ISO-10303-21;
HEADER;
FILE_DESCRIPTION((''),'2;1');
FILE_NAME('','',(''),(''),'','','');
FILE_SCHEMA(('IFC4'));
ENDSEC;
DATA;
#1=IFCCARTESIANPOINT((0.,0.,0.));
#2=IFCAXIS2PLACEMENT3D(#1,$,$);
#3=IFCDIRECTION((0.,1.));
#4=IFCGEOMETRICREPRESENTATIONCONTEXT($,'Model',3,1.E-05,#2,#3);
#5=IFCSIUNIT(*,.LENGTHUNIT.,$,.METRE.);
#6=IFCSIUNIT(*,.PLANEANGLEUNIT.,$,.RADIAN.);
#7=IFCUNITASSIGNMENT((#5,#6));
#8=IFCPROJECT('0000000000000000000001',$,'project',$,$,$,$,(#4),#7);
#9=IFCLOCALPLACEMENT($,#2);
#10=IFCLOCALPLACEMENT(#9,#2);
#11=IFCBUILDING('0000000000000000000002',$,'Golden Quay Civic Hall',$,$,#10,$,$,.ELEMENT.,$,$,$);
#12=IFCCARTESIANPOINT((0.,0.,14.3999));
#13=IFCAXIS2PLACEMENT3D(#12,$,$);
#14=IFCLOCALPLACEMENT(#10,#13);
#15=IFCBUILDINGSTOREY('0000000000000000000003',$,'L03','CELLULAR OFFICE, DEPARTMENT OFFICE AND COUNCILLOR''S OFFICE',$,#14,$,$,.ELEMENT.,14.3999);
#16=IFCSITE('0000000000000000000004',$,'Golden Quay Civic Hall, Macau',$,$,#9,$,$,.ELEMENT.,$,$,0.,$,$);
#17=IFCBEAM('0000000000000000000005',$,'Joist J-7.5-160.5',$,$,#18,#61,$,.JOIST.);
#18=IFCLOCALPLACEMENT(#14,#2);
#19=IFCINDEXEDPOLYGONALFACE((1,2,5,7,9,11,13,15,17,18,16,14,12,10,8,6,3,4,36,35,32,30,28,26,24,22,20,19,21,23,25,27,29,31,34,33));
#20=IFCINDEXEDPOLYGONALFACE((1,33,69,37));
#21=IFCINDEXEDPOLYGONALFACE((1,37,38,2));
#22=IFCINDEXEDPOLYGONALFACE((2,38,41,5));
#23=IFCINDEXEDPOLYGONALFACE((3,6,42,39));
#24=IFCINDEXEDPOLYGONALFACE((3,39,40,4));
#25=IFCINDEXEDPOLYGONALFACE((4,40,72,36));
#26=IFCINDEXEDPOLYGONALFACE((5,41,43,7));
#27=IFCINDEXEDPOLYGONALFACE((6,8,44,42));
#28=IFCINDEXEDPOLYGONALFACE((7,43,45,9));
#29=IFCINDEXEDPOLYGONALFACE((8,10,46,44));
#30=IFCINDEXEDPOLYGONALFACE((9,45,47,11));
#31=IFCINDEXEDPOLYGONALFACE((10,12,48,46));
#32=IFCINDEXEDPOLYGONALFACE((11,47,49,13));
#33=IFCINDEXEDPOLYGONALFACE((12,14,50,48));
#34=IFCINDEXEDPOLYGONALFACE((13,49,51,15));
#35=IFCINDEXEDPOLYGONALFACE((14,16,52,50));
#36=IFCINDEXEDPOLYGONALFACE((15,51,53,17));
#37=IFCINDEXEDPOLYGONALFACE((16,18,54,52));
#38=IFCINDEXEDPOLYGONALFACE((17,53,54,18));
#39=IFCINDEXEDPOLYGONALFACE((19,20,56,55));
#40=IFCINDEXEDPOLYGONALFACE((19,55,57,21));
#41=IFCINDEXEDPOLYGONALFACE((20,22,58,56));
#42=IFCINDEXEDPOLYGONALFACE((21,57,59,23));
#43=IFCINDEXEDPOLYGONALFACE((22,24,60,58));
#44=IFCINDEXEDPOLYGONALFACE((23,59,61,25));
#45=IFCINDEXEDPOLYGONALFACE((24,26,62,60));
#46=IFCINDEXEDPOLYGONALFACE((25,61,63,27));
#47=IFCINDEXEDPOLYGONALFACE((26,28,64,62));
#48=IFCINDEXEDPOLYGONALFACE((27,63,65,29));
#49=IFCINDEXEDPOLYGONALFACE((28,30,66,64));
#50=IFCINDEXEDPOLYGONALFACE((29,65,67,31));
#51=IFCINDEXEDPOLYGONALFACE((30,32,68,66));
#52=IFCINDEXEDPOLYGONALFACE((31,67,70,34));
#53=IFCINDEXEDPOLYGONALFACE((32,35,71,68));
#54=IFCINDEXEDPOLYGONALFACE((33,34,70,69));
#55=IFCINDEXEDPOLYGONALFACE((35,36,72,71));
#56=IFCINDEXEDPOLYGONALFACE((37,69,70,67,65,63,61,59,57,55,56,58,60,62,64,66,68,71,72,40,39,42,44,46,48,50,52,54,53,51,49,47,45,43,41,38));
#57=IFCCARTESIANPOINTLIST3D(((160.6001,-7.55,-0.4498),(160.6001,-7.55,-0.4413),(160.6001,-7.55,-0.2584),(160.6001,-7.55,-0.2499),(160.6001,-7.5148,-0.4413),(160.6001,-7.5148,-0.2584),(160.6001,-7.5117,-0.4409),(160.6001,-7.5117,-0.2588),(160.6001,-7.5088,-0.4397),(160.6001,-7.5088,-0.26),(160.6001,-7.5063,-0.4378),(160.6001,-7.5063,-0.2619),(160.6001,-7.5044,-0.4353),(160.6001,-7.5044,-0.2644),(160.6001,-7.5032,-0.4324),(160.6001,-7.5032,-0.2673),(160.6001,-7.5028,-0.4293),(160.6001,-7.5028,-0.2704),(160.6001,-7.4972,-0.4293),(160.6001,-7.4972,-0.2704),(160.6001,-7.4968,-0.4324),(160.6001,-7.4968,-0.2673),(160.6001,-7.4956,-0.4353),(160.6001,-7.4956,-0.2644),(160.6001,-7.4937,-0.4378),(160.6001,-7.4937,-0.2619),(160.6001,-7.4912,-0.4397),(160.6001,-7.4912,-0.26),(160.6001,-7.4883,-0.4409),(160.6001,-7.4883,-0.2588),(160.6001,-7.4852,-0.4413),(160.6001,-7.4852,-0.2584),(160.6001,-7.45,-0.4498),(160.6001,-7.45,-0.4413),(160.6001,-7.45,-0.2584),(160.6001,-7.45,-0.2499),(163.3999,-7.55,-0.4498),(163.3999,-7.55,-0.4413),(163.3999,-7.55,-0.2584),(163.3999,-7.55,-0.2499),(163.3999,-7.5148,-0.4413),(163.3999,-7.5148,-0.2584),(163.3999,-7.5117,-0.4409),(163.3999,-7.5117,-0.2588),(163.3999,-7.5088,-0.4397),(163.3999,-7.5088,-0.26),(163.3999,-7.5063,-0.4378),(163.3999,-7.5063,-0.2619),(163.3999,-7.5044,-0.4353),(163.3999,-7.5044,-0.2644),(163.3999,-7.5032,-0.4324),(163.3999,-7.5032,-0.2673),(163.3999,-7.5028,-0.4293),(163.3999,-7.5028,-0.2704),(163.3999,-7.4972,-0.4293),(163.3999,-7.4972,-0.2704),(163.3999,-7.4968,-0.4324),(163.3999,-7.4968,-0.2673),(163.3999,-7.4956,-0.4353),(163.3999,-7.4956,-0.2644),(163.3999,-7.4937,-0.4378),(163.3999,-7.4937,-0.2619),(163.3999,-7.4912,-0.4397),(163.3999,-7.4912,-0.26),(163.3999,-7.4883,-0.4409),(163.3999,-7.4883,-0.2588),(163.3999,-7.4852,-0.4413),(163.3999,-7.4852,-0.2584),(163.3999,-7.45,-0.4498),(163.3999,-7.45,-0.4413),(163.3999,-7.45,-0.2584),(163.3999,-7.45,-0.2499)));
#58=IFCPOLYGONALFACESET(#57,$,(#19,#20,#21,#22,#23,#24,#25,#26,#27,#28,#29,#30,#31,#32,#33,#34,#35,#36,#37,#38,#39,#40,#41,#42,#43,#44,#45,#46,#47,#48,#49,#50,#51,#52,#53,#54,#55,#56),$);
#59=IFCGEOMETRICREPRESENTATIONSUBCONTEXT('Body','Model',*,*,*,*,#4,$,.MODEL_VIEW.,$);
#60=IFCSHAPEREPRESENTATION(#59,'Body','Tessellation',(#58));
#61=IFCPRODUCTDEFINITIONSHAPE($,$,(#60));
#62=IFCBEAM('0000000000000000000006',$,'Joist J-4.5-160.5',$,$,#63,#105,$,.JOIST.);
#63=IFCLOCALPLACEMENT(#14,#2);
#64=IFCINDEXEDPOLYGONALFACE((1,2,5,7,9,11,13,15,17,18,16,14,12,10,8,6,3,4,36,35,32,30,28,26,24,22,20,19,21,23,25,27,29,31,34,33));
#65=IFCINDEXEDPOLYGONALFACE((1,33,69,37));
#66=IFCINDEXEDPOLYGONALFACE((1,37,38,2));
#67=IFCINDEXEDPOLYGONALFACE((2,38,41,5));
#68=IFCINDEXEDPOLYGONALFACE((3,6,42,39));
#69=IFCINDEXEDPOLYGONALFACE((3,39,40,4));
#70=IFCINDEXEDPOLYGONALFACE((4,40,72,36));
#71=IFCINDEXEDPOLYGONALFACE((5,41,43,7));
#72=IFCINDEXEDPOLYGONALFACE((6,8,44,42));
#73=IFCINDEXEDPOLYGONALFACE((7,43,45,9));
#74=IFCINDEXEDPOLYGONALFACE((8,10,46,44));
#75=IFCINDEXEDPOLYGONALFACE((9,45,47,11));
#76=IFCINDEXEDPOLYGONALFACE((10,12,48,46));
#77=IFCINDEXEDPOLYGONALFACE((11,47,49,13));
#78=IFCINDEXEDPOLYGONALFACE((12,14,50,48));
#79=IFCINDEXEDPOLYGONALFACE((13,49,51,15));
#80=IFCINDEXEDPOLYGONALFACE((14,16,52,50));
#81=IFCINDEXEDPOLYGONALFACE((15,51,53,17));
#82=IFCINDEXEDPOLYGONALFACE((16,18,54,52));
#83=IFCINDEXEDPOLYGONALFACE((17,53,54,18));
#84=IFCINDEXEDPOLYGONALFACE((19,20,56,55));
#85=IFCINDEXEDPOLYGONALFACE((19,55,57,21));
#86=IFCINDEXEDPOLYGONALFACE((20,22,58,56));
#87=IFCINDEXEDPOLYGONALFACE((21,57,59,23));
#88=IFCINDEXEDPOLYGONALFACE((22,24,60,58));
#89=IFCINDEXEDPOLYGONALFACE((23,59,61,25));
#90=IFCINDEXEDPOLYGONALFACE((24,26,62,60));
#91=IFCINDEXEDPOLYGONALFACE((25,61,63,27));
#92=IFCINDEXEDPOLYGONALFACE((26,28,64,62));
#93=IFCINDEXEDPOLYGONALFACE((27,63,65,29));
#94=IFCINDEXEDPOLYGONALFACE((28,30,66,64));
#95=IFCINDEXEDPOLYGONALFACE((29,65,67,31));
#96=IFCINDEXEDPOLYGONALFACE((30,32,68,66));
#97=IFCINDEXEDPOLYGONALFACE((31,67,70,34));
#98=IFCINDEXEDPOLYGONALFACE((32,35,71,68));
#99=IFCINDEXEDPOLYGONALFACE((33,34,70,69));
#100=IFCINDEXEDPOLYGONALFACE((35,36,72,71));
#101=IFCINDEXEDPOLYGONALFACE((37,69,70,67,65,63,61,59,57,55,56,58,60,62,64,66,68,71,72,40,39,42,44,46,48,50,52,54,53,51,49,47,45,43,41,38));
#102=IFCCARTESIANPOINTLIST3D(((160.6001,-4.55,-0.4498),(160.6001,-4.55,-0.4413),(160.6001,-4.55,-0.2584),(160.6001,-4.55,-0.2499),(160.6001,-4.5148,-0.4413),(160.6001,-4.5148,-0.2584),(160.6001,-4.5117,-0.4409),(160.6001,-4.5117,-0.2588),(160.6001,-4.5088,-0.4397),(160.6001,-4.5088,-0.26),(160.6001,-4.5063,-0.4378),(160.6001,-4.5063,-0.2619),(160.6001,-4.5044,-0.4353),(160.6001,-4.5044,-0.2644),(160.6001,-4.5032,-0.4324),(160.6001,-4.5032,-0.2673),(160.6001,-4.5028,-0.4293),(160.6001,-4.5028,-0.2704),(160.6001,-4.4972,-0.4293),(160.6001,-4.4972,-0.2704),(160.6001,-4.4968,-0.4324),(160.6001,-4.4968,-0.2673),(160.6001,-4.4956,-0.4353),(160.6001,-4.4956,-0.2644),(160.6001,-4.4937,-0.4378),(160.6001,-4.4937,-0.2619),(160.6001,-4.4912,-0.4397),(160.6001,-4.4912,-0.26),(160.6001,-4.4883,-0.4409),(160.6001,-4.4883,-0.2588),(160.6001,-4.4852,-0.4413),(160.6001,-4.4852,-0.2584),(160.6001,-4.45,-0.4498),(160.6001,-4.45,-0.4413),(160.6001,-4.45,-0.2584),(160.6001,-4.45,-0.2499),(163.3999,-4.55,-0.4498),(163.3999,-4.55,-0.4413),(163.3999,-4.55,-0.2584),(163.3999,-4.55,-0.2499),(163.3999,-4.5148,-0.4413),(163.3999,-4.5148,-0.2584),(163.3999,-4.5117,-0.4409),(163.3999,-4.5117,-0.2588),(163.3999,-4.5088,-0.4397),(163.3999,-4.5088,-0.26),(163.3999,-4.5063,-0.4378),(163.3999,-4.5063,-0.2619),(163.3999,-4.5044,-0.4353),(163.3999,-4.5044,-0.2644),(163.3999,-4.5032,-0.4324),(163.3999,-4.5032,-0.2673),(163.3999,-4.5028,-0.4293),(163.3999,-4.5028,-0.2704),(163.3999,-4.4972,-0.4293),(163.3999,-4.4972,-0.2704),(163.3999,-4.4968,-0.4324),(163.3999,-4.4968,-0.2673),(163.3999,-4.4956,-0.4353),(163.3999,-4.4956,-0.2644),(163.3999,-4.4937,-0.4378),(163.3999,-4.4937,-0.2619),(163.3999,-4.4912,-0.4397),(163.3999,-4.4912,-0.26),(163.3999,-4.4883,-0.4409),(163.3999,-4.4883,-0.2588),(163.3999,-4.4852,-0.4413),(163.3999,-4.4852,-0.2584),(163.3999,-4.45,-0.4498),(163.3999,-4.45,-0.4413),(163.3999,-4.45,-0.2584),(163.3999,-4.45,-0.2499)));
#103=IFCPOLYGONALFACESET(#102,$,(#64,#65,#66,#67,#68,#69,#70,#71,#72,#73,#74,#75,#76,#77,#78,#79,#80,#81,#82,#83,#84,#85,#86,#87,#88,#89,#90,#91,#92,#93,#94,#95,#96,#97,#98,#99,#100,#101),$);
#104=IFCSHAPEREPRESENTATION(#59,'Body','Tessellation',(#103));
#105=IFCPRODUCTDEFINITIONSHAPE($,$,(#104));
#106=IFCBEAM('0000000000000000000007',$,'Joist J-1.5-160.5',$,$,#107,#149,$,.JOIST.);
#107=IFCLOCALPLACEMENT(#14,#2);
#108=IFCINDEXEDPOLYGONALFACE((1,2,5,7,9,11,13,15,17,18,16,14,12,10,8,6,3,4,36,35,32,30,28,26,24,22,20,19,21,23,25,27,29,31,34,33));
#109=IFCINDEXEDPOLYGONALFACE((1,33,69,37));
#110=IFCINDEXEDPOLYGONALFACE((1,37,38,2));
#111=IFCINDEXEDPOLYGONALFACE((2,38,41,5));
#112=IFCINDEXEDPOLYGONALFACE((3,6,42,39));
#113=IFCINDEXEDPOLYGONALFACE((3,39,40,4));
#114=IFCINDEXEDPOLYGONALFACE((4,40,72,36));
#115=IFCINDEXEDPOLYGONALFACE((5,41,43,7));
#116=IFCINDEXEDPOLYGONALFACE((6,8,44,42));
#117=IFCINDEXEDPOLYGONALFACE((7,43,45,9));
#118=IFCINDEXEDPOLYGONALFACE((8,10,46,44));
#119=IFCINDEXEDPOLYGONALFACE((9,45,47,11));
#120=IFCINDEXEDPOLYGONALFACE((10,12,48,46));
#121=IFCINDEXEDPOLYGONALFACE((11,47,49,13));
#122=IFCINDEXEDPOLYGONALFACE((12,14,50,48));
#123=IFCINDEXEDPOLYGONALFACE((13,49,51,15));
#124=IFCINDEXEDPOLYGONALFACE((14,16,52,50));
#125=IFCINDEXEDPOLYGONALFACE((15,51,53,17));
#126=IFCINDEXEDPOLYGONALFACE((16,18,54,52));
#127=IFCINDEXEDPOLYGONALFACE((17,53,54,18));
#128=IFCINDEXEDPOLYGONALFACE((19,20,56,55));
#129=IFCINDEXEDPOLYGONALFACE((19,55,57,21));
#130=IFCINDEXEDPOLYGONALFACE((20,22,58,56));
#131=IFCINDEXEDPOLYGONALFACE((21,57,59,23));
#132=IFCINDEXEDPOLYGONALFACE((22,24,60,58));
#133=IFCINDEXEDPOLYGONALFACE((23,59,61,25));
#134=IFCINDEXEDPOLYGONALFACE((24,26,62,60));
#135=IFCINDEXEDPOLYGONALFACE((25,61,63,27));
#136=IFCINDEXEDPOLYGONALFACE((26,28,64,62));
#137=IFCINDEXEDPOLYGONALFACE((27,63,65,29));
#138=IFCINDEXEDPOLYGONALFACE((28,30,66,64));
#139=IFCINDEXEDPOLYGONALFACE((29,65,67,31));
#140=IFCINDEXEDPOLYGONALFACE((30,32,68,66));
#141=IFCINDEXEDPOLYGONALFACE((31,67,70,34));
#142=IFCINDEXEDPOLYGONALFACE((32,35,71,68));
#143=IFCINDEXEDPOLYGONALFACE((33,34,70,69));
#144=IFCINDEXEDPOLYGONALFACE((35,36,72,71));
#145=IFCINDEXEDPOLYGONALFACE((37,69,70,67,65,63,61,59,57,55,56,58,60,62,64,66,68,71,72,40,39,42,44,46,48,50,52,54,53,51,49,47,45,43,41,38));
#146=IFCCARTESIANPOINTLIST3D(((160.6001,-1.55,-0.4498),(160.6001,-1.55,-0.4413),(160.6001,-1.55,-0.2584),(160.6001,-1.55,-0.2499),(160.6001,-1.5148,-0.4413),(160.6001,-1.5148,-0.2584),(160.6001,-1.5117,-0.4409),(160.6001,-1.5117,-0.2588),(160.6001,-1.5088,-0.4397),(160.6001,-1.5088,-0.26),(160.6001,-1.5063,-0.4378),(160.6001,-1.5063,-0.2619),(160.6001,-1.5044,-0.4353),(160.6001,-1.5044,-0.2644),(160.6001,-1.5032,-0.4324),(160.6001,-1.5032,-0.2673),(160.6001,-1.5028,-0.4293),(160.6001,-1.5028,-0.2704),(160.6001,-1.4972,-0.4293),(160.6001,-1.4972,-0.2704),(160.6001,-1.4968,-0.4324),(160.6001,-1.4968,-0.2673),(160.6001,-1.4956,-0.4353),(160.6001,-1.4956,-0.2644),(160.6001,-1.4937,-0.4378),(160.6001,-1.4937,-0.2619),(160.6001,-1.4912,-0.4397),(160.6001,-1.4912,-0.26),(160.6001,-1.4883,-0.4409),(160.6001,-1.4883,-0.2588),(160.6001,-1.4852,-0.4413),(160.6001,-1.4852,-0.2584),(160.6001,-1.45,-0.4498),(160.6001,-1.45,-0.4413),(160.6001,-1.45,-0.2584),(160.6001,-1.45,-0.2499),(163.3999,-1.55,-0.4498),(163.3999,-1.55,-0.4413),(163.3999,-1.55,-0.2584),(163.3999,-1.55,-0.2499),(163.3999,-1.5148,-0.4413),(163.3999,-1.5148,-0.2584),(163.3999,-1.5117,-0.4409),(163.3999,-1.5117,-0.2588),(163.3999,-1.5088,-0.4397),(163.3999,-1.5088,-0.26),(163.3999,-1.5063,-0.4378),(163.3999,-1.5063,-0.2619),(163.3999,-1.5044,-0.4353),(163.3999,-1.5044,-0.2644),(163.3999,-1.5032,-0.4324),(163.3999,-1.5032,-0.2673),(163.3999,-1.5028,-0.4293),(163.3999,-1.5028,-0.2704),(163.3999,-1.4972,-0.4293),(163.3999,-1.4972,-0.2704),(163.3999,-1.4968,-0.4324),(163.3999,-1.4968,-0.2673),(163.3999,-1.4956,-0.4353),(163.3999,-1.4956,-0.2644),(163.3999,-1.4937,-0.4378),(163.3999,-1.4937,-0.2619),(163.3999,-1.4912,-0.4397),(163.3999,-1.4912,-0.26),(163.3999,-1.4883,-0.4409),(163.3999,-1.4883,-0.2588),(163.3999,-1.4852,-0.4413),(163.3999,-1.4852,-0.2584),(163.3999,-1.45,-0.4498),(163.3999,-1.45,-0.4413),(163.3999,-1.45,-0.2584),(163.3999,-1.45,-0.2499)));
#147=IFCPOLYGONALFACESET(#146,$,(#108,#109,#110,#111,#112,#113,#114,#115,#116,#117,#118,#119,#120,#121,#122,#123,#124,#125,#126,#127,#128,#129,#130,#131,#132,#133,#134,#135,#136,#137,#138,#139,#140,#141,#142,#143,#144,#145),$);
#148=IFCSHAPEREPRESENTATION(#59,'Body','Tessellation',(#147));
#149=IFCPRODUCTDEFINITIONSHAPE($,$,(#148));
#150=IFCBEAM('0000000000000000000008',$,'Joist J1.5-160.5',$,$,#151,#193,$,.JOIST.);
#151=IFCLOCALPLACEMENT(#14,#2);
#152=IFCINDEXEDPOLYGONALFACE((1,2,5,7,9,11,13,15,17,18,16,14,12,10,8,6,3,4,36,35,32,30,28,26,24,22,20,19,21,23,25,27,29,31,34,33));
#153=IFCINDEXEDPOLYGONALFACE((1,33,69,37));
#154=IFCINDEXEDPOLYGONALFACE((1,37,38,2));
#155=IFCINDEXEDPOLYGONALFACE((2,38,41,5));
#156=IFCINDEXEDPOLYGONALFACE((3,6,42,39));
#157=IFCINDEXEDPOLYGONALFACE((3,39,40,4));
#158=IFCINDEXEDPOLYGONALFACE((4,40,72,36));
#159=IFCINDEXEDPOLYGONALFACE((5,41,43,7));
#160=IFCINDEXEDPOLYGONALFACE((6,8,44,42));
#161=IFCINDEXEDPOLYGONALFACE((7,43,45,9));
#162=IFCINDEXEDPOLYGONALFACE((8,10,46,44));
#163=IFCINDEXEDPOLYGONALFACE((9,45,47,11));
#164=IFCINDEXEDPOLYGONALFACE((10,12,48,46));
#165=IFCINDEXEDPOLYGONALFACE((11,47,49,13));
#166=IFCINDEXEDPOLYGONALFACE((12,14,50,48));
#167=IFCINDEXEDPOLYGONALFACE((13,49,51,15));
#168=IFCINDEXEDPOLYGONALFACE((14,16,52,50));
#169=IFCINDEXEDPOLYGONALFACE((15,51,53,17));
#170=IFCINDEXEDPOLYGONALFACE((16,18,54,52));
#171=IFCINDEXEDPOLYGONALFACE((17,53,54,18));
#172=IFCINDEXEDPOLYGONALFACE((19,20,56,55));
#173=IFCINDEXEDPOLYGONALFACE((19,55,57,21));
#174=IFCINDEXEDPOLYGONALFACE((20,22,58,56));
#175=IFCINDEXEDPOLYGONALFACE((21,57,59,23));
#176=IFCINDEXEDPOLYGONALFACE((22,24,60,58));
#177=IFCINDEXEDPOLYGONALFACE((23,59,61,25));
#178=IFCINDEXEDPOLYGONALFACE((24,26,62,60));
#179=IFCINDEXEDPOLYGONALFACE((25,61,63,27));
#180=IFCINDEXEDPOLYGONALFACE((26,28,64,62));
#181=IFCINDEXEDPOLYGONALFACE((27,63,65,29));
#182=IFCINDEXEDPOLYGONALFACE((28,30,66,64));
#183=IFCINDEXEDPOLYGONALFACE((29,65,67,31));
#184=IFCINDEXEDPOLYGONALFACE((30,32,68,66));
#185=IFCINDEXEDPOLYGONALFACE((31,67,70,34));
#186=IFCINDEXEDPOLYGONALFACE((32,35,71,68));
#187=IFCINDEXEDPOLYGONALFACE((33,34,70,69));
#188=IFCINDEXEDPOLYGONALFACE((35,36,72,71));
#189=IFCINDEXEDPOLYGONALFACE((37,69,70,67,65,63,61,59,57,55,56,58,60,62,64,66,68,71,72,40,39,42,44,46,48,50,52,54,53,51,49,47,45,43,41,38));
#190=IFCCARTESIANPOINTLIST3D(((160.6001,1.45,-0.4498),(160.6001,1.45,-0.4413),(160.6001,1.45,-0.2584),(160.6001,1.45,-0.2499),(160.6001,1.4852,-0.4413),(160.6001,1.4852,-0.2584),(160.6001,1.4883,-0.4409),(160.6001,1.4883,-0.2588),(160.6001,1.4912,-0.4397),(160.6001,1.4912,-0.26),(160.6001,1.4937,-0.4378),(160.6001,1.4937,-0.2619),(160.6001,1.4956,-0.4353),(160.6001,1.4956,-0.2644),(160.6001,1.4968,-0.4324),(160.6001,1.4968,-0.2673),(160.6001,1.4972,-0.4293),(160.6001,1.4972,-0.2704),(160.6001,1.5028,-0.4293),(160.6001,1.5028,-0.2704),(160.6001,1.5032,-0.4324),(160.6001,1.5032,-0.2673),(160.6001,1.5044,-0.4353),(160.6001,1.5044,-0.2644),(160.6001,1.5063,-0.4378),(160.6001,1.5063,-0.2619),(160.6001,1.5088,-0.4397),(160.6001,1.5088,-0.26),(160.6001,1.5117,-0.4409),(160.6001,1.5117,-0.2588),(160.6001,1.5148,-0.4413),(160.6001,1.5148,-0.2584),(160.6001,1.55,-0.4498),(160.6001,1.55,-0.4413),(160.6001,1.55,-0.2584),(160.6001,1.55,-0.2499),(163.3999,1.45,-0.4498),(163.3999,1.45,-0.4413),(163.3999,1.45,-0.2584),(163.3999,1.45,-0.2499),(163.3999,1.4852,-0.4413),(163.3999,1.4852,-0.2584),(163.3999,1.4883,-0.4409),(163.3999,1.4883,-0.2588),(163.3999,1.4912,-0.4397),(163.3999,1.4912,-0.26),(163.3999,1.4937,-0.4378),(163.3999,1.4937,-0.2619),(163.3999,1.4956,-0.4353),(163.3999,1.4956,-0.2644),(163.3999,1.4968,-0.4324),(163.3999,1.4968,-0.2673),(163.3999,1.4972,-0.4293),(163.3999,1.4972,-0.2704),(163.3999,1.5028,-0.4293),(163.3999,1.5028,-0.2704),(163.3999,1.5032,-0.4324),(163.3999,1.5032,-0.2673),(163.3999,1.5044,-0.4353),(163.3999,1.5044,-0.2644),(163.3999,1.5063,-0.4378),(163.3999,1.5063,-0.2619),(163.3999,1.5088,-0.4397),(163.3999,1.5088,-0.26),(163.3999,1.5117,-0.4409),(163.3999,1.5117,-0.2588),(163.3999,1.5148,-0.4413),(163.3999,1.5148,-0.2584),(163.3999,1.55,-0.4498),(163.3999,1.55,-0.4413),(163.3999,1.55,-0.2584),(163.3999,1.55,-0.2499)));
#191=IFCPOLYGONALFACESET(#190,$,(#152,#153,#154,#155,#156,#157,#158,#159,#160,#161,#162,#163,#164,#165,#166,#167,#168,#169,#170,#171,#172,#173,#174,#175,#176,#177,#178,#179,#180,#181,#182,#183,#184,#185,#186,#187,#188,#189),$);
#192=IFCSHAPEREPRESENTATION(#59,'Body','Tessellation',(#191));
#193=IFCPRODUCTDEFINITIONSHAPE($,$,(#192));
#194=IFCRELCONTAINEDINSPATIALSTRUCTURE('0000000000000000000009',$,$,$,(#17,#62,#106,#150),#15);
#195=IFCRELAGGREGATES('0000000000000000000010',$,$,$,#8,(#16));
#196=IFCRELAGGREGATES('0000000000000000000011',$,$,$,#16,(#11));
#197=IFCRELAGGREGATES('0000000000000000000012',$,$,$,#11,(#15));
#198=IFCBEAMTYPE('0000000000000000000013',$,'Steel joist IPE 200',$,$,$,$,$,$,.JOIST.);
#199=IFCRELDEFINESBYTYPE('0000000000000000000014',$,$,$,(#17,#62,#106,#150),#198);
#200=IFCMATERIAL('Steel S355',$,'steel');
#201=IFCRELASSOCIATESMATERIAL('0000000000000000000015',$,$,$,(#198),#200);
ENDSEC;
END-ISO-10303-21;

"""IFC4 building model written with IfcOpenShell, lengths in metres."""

from ifc_helpers import new_model, si_unit, direction, frame, origin, origin_2d, place, context, subcontext, project, spatial, i_section, extrude, material, material_profile, profile_set, type_object, element, save


model = new_model("IFC4")

# Units and contexts
model_context = context("Model", 3, precision=1e-05, world=origin(), true_north=direction((0.0, 1.0)))
body_context = subcontext(model_context, "Body", "Model", "MODEL_VIEW")
ifc_project = project(units=[si_unit("LENGTHUNIT", "METRE"), si_unit("PLANEANGLEUNIT", "RADIAN")], contexts=[model_context])

# Site, building, storey
site_placement = place(None, origin())
site = spatial("IfcSite", under=ifc_project, at=site_placement, Name="Golden Quay Civic Hall, Macau", CompositionType="ELEMENT", RefElevation=0.0)
building_placement = place(site_placement, origin())
building = spatial("IfcBuilding", under=site, at=building_placement, Name="Golden Quay Civic Hall", CompositionType="ELEMENT")
storey_placement = place(building_placement, frame((0.0, 0.0, 14.3999)))
storey = spatial("IfcBuildingStorey", under=building, at=storey_placement, Name="L03", Description="CELLULAR OFFICE, DEPARTMENT OFFICE AND COUNCILLOR'S OFFICE", CompositionType="ELEMENT", Elevation=14.3999)

# Beams
ifc_material_1 = material(Name="Steel S355", Category="steel")
ifc_material_profile_1 = material_profile(ifc_material_1, i_section(OverallWidth=0.1001, OverallDepth=0.2, WebThickness=0.0056, FlangeThickness=0.0085, FilletRadius=0.012, at=origin_2d()), Name="IPE 200")
ifc_profile_set_1 = profile_set([ifc_material_profile_1], Name="Steel S355")
beam_type_1 = type_object("IfcBeamType", Name="Steel joist IPE 200", PredefinedType="JOIST", material=ifc_profile_set_1)
for number, where, z_axis, x_axis, name in (
    (1, (160.6001, -7.5, -0.3499), (1.0, 0.0, 0.0), (0.0, 1.0, 0.0), "Joist J-7.5-160.5"),
    (2, (160.6001, -4.5, -0.3499), (1.0, 0.0, 0.0), (0.0, 1.0, 0.0), "Joist J-4.5-160.5"),
    (3, (160.6001, -1.5, -0.3499), (1.0, 0.0, 0.0), (0.0, 1.0, 0.0), "Joist J-1.5-160.5"),
    (4, (160.6001, 1.5, -0.3499), (1.0, 0.0, 0.0), (0.0, 1.0, 0.0), "Joist J1.5-160.5"),
):
    element("IfcBeam", number, at=place(storey_placement, frame(where, z_axis=z_axis, x_axis=x_axis)), inside=storey, type_object=beam_type_1, Name=name, PredefinedType="JOIST", context=body_context, shape_type="SweptSolid", body=[
        extrude(i_section(OverallWidth=0.1001, OverallDepth=0.2, WebThickness=0.0056, FlangeThickness=0.0085, FilletRadius=0.012, at=origin_2d()), origin(), (0.0, 0.0, 1.0), 2.7998),
    ])

save(model, "model.ifc")
